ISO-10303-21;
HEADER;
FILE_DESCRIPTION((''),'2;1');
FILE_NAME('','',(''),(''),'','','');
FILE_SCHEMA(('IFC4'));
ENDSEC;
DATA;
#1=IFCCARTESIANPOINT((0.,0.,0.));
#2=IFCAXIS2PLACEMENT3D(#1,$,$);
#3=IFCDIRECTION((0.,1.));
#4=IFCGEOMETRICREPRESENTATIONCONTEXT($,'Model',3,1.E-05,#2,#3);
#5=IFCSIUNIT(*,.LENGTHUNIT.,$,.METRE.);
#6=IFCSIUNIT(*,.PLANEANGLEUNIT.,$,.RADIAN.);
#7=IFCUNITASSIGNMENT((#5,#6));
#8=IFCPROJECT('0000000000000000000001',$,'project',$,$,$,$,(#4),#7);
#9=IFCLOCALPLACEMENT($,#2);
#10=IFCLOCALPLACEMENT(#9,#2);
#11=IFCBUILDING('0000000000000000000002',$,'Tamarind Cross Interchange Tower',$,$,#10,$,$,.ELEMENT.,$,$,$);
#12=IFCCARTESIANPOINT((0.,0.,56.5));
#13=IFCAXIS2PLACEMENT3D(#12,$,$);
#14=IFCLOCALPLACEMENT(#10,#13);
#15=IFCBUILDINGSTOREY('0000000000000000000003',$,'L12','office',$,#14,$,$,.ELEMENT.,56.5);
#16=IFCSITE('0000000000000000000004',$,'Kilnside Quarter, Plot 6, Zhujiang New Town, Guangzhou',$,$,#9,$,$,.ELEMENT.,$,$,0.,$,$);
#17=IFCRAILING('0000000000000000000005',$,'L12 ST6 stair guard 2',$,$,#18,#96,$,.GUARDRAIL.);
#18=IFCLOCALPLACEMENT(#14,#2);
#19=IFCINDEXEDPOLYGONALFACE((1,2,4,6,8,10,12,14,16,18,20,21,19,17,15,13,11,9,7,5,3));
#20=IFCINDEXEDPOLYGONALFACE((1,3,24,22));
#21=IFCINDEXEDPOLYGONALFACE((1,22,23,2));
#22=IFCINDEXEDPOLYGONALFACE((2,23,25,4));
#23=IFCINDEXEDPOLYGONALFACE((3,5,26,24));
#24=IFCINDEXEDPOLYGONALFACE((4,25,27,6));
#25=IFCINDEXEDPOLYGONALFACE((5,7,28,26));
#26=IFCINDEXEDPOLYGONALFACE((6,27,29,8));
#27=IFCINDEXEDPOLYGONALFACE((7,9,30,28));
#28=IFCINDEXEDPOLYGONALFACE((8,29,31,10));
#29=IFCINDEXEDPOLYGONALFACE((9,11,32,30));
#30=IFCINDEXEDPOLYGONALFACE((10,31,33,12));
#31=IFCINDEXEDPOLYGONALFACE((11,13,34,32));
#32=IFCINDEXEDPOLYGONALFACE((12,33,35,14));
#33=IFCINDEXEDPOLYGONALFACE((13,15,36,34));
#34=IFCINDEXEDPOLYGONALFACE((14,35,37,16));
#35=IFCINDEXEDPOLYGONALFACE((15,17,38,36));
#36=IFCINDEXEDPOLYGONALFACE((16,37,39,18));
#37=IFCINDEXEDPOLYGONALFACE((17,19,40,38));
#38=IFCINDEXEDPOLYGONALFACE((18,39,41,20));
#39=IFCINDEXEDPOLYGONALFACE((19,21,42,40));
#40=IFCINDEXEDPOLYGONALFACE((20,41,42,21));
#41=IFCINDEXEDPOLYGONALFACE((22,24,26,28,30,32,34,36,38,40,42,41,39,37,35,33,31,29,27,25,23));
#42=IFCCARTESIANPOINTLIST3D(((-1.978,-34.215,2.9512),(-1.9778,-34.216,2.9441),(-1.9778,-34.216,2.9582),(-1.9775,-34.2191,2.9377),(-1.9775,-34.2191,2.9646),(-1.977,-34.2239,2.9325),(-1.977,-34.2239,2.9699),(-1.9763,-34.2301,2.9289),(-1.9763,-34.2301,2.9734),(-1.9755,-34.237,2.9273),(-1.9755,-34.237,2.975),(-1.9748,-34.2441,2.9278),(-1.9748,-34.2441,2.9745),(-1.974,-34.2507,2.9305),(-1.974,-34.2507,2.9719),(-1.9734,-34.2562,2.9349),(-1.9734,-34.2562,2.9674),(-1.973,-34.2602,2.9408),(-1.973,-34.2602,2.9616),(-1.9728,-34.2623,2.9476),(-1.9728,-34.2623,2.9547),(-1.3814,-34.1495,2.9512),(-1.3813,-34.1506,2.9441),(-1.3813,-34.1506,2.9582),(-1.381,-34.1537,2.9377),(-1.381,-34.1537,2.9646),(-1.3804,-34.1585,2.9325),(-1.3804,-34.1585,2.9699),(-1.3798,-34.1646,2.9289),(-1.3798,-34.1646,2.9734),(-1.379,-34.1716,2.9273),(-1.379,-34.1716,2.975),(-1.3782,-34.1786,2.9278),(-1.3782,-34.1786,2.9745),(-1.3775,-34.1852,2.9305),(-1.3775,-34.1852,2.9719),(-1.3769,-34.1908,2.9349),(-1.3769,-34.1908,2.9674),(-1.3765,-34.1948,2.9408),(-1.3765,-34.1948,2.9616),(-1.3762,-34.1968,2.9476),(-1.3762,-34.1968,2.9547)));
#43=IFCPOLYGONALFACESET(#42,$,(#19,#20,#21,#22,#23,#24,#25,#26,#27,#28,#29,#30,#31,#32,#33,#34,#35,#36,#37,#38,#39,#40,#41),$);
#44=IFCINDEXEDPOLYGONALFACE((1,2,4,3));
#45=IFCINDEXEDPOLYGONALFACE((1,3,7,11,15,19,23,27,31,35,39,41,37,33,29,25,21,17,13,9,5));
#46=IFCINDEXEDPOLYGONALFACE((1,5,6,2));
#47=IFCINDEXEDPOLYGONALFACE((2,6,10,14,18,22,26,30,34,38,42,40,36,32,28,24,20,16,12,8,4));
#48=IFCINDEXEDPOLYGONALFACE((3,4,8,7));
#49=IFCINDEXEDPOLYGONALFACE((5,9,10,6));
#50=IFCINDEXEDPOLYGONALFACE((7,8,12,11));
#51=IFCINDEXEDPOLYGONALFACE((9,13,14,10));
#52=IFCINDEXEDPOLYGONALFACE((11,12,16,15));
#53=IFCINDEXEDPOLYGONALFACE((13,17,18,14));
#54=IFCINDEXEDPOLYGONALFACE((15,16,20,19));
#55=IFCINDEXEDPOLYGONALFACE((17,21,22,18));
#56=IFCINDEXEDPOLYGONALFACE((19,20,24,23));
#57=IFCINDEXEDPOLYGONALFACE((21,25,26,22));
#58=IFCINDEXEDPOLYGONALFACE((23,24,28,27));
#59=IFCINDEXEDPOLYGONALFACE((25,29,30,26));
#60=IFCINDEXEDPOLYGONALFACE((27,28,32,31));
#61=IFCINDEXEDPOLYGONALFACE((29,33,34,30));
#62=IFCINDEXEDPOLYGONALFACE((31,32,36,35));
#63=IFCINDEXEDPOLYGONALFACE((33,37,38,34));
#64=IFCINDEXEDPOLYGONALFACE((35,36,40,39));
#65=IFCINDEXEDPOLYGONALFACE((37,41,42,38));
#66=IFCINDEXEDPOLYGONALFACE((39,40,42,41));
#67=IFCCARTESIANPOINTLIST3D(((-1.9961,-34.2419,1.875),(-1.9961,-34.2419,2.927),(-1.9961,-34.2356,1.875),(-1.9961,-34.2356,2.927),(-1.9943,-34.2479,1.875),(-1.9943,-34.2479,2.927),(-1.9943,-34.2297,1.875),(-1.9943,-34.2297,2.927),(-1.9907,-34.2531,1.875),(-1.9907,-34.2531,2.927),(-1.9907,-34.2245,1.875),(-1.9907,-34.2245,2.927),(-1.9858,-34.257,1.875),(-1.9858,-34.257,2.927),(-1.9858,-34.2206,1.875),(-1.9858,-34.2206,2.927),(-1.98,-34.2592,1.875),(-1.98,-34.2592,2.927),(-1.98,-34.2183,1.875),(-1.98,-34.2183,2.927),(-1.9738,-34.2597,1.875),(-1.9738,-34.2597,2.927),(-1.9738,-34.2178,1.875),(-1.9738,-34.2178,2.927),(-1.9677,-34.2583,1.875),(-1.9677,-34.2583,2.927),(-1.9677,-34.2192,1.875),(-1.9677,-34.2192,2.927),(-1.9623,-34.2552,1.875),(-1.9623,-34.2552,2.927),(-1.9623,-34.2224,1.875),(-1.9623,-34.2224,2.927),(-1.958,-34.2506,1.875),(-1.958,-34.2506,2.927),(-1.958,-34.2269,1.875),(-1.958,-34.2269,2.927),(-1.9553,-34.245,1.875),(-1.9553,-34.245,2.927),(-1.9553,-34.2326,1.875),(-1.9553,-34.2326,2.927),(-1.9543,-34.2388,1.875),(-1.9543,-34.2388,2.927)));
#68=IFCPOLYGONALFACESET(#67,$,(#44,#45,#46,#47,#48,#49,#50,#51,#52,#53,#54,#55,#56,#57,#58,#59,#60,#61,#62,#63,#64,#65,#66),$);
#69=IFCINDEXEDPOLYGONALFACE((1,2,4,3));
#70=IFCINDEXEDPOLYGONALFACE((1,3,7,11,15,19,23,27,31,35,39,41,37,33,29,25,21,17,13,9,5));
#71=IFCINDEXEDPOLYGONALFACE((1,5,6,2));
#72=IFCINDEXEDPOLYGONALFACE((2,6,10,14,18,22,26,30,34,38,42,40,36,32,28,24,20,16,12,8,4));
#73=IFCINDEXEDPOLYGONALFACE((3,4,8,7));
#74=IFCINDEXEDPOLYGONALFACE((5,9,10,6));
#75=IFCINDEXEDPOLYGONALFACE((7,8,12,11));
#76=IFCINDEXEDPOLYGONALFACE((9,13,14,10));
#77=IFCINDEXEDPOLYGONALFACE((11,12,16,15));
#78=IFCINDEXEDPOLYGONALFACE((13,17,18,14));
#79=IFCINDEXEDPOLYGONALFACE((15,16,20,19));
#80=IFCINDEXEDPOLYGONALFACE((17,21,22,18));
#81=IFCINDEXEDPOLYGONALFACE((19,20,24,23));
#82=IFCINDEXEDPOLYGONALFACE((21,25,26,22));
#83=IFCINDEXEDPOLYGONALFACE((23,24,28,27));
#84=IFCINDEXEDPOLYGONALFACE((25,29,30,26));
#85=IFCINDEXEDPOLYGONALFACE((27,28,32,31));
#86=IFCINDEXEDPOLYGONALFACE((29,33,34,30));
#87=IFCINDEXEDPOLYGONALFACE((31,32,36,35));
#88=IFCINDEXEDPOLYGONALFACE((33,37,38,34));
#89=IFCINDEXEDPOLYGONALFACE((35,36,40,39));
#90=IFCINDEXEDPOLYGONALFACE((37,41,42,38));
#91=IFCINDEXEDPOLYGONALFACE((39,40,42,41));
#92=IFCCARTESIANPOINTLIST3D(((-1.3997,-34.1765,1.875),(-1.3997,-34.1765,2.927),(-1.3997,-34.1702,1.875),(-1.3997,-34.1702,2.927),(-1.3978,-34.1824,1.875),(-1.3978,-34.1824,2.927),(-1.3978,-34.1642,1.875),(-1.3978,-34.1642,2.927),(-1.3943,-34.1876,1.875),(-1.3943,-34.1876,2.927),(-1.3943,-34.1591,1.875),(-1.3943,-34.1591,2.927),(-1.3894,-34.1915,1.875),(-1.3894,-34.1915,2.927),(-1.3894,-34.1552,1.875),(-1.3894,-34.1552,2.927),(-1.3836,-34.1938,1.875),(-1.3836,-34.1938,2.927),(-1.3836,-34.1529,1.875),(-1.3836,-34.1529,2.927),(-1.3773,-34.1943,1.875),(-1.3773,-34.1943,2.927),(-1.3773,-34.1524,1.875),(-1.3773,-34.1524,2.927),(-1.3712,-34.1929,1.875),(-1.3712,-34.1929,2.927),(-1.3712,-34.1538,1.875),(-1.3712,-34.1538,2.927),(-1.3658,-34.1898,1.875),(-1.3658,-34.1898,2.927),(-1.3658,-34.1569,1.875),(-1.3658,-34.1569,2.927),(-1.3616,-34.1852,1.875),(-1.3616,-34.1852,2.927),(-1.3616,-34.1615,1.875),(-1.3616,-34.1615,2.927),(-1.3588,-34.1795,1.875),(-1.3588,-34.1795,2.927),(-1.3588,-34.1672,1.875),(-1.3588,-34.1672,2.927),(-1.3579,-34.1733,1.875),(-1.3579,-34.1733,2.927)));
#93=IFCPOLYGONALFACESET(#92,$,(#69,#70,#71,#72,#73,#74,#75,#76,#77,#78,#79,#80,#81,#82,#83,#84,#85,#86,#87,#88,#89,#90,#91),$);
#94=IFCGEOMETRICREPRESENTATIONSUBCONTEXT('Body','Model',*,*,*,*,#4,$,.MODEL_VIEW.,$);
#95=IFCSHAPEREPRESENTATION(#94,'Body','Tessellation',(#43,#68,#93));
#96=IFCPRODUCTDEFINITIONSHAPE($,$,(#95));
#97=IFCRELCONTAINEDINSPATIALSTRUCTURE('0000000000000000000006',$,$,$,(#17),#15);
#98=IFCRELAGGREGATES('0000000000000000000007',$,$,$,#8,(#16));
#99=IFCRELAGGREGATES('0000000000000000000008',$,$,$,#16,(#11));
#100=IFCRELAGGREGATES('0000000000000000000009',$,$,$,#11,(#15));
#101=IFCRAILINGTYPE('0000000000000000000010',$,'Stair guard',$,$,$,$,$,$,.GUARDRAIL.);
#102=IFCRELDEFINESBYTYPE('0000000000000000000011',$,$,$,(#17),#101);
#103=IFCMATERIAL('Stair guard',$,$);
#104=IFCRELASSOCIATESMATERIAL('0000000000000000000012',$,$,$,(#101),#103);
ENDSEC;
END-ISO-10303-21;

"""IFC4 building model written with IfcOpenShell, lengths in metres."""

from ifc_helpers import new_model, si_unit, direction, frame, origin, origin_2d, place, context, subcontext, project, spatial, circle, extrude, material, type_object, element, save


model = new_model("IFC4")

# Units and contexts
model_context = context("Model", 3, precision=1e-05, world=origin(), true_north=direction((0.0, 1.0)))
body_context = subcontext(model_context, "Body", "Model", "MODEL_VIEW")
ifc_project = project(units=[si_unit("LENGTHUNIT", "METRE"), si_unit("PLANEANGLEUNIT", "RADIAN")], contexts=[model_context])

# Site, building, storey
site_placement = place(None, origin())
site = spatial("IfcSite", under=ifc_project, at=site_placement, Name="Kilnside Quarter, Plot 6, Zhujiang New Town, Guangzhou", CompositionType="ELEMENT", RefElevation=0.0)
building_placement = place(site_placement, origin())
building = spatial("IfcBuilding", under=site, at=building_placement, Name="Tamarind Cross Interchange Tower", CompositionType="ELEMENT")
storey_placement = place(building_placement, frame((0.0, 0.0, 56.5)))
storey = spatial("IfcBuildingStorey", under=building, at=storey_placement, Name="L12", Description="office", CompositionType="ELEMENT", Elevation=56.5)

# Railing
ifc_material_1 = material(Name="Stair guard")
railing_type_1 = type_object("IfcRailingType", Name="Stair guard", PredefinedType="GUARDRAIL", material=ifc_material_1)
railing_1_placement = place(storey_placement, frame((-1.9753, -34.2388, 1.875)))
element("IfcRailing", 1, at=railing_1_placement, inside=storey, type_object=railing_type_1, Name="L12 ST6 stair guard 2", PredefinedType="GUARDRAIL", context=body_context, shape_type="SweptSolid", body=[
    extrude(circle(Radius=0.0239, at=origin_2d()), frame((0.0, 0.0, 1.0762), z_axis=(0.994037, 0.109047, 0.0), x_axis=(-0.109047, 0.994037, 0.0)), (0.0, 0.0, 1.0), 0.6001),
    extrude(circle(Radius=0.021, at=origin_2d()), origin(), (0.0, 0.0, 1.0), 1.052),
    extrude(circle(Radius=0.021, at=origin_2d()), frame((0.5964, 0.0654, 0.0)), (0.0, 0.0, 1.0), 1.052),
])

save(model, "model.ifc")
